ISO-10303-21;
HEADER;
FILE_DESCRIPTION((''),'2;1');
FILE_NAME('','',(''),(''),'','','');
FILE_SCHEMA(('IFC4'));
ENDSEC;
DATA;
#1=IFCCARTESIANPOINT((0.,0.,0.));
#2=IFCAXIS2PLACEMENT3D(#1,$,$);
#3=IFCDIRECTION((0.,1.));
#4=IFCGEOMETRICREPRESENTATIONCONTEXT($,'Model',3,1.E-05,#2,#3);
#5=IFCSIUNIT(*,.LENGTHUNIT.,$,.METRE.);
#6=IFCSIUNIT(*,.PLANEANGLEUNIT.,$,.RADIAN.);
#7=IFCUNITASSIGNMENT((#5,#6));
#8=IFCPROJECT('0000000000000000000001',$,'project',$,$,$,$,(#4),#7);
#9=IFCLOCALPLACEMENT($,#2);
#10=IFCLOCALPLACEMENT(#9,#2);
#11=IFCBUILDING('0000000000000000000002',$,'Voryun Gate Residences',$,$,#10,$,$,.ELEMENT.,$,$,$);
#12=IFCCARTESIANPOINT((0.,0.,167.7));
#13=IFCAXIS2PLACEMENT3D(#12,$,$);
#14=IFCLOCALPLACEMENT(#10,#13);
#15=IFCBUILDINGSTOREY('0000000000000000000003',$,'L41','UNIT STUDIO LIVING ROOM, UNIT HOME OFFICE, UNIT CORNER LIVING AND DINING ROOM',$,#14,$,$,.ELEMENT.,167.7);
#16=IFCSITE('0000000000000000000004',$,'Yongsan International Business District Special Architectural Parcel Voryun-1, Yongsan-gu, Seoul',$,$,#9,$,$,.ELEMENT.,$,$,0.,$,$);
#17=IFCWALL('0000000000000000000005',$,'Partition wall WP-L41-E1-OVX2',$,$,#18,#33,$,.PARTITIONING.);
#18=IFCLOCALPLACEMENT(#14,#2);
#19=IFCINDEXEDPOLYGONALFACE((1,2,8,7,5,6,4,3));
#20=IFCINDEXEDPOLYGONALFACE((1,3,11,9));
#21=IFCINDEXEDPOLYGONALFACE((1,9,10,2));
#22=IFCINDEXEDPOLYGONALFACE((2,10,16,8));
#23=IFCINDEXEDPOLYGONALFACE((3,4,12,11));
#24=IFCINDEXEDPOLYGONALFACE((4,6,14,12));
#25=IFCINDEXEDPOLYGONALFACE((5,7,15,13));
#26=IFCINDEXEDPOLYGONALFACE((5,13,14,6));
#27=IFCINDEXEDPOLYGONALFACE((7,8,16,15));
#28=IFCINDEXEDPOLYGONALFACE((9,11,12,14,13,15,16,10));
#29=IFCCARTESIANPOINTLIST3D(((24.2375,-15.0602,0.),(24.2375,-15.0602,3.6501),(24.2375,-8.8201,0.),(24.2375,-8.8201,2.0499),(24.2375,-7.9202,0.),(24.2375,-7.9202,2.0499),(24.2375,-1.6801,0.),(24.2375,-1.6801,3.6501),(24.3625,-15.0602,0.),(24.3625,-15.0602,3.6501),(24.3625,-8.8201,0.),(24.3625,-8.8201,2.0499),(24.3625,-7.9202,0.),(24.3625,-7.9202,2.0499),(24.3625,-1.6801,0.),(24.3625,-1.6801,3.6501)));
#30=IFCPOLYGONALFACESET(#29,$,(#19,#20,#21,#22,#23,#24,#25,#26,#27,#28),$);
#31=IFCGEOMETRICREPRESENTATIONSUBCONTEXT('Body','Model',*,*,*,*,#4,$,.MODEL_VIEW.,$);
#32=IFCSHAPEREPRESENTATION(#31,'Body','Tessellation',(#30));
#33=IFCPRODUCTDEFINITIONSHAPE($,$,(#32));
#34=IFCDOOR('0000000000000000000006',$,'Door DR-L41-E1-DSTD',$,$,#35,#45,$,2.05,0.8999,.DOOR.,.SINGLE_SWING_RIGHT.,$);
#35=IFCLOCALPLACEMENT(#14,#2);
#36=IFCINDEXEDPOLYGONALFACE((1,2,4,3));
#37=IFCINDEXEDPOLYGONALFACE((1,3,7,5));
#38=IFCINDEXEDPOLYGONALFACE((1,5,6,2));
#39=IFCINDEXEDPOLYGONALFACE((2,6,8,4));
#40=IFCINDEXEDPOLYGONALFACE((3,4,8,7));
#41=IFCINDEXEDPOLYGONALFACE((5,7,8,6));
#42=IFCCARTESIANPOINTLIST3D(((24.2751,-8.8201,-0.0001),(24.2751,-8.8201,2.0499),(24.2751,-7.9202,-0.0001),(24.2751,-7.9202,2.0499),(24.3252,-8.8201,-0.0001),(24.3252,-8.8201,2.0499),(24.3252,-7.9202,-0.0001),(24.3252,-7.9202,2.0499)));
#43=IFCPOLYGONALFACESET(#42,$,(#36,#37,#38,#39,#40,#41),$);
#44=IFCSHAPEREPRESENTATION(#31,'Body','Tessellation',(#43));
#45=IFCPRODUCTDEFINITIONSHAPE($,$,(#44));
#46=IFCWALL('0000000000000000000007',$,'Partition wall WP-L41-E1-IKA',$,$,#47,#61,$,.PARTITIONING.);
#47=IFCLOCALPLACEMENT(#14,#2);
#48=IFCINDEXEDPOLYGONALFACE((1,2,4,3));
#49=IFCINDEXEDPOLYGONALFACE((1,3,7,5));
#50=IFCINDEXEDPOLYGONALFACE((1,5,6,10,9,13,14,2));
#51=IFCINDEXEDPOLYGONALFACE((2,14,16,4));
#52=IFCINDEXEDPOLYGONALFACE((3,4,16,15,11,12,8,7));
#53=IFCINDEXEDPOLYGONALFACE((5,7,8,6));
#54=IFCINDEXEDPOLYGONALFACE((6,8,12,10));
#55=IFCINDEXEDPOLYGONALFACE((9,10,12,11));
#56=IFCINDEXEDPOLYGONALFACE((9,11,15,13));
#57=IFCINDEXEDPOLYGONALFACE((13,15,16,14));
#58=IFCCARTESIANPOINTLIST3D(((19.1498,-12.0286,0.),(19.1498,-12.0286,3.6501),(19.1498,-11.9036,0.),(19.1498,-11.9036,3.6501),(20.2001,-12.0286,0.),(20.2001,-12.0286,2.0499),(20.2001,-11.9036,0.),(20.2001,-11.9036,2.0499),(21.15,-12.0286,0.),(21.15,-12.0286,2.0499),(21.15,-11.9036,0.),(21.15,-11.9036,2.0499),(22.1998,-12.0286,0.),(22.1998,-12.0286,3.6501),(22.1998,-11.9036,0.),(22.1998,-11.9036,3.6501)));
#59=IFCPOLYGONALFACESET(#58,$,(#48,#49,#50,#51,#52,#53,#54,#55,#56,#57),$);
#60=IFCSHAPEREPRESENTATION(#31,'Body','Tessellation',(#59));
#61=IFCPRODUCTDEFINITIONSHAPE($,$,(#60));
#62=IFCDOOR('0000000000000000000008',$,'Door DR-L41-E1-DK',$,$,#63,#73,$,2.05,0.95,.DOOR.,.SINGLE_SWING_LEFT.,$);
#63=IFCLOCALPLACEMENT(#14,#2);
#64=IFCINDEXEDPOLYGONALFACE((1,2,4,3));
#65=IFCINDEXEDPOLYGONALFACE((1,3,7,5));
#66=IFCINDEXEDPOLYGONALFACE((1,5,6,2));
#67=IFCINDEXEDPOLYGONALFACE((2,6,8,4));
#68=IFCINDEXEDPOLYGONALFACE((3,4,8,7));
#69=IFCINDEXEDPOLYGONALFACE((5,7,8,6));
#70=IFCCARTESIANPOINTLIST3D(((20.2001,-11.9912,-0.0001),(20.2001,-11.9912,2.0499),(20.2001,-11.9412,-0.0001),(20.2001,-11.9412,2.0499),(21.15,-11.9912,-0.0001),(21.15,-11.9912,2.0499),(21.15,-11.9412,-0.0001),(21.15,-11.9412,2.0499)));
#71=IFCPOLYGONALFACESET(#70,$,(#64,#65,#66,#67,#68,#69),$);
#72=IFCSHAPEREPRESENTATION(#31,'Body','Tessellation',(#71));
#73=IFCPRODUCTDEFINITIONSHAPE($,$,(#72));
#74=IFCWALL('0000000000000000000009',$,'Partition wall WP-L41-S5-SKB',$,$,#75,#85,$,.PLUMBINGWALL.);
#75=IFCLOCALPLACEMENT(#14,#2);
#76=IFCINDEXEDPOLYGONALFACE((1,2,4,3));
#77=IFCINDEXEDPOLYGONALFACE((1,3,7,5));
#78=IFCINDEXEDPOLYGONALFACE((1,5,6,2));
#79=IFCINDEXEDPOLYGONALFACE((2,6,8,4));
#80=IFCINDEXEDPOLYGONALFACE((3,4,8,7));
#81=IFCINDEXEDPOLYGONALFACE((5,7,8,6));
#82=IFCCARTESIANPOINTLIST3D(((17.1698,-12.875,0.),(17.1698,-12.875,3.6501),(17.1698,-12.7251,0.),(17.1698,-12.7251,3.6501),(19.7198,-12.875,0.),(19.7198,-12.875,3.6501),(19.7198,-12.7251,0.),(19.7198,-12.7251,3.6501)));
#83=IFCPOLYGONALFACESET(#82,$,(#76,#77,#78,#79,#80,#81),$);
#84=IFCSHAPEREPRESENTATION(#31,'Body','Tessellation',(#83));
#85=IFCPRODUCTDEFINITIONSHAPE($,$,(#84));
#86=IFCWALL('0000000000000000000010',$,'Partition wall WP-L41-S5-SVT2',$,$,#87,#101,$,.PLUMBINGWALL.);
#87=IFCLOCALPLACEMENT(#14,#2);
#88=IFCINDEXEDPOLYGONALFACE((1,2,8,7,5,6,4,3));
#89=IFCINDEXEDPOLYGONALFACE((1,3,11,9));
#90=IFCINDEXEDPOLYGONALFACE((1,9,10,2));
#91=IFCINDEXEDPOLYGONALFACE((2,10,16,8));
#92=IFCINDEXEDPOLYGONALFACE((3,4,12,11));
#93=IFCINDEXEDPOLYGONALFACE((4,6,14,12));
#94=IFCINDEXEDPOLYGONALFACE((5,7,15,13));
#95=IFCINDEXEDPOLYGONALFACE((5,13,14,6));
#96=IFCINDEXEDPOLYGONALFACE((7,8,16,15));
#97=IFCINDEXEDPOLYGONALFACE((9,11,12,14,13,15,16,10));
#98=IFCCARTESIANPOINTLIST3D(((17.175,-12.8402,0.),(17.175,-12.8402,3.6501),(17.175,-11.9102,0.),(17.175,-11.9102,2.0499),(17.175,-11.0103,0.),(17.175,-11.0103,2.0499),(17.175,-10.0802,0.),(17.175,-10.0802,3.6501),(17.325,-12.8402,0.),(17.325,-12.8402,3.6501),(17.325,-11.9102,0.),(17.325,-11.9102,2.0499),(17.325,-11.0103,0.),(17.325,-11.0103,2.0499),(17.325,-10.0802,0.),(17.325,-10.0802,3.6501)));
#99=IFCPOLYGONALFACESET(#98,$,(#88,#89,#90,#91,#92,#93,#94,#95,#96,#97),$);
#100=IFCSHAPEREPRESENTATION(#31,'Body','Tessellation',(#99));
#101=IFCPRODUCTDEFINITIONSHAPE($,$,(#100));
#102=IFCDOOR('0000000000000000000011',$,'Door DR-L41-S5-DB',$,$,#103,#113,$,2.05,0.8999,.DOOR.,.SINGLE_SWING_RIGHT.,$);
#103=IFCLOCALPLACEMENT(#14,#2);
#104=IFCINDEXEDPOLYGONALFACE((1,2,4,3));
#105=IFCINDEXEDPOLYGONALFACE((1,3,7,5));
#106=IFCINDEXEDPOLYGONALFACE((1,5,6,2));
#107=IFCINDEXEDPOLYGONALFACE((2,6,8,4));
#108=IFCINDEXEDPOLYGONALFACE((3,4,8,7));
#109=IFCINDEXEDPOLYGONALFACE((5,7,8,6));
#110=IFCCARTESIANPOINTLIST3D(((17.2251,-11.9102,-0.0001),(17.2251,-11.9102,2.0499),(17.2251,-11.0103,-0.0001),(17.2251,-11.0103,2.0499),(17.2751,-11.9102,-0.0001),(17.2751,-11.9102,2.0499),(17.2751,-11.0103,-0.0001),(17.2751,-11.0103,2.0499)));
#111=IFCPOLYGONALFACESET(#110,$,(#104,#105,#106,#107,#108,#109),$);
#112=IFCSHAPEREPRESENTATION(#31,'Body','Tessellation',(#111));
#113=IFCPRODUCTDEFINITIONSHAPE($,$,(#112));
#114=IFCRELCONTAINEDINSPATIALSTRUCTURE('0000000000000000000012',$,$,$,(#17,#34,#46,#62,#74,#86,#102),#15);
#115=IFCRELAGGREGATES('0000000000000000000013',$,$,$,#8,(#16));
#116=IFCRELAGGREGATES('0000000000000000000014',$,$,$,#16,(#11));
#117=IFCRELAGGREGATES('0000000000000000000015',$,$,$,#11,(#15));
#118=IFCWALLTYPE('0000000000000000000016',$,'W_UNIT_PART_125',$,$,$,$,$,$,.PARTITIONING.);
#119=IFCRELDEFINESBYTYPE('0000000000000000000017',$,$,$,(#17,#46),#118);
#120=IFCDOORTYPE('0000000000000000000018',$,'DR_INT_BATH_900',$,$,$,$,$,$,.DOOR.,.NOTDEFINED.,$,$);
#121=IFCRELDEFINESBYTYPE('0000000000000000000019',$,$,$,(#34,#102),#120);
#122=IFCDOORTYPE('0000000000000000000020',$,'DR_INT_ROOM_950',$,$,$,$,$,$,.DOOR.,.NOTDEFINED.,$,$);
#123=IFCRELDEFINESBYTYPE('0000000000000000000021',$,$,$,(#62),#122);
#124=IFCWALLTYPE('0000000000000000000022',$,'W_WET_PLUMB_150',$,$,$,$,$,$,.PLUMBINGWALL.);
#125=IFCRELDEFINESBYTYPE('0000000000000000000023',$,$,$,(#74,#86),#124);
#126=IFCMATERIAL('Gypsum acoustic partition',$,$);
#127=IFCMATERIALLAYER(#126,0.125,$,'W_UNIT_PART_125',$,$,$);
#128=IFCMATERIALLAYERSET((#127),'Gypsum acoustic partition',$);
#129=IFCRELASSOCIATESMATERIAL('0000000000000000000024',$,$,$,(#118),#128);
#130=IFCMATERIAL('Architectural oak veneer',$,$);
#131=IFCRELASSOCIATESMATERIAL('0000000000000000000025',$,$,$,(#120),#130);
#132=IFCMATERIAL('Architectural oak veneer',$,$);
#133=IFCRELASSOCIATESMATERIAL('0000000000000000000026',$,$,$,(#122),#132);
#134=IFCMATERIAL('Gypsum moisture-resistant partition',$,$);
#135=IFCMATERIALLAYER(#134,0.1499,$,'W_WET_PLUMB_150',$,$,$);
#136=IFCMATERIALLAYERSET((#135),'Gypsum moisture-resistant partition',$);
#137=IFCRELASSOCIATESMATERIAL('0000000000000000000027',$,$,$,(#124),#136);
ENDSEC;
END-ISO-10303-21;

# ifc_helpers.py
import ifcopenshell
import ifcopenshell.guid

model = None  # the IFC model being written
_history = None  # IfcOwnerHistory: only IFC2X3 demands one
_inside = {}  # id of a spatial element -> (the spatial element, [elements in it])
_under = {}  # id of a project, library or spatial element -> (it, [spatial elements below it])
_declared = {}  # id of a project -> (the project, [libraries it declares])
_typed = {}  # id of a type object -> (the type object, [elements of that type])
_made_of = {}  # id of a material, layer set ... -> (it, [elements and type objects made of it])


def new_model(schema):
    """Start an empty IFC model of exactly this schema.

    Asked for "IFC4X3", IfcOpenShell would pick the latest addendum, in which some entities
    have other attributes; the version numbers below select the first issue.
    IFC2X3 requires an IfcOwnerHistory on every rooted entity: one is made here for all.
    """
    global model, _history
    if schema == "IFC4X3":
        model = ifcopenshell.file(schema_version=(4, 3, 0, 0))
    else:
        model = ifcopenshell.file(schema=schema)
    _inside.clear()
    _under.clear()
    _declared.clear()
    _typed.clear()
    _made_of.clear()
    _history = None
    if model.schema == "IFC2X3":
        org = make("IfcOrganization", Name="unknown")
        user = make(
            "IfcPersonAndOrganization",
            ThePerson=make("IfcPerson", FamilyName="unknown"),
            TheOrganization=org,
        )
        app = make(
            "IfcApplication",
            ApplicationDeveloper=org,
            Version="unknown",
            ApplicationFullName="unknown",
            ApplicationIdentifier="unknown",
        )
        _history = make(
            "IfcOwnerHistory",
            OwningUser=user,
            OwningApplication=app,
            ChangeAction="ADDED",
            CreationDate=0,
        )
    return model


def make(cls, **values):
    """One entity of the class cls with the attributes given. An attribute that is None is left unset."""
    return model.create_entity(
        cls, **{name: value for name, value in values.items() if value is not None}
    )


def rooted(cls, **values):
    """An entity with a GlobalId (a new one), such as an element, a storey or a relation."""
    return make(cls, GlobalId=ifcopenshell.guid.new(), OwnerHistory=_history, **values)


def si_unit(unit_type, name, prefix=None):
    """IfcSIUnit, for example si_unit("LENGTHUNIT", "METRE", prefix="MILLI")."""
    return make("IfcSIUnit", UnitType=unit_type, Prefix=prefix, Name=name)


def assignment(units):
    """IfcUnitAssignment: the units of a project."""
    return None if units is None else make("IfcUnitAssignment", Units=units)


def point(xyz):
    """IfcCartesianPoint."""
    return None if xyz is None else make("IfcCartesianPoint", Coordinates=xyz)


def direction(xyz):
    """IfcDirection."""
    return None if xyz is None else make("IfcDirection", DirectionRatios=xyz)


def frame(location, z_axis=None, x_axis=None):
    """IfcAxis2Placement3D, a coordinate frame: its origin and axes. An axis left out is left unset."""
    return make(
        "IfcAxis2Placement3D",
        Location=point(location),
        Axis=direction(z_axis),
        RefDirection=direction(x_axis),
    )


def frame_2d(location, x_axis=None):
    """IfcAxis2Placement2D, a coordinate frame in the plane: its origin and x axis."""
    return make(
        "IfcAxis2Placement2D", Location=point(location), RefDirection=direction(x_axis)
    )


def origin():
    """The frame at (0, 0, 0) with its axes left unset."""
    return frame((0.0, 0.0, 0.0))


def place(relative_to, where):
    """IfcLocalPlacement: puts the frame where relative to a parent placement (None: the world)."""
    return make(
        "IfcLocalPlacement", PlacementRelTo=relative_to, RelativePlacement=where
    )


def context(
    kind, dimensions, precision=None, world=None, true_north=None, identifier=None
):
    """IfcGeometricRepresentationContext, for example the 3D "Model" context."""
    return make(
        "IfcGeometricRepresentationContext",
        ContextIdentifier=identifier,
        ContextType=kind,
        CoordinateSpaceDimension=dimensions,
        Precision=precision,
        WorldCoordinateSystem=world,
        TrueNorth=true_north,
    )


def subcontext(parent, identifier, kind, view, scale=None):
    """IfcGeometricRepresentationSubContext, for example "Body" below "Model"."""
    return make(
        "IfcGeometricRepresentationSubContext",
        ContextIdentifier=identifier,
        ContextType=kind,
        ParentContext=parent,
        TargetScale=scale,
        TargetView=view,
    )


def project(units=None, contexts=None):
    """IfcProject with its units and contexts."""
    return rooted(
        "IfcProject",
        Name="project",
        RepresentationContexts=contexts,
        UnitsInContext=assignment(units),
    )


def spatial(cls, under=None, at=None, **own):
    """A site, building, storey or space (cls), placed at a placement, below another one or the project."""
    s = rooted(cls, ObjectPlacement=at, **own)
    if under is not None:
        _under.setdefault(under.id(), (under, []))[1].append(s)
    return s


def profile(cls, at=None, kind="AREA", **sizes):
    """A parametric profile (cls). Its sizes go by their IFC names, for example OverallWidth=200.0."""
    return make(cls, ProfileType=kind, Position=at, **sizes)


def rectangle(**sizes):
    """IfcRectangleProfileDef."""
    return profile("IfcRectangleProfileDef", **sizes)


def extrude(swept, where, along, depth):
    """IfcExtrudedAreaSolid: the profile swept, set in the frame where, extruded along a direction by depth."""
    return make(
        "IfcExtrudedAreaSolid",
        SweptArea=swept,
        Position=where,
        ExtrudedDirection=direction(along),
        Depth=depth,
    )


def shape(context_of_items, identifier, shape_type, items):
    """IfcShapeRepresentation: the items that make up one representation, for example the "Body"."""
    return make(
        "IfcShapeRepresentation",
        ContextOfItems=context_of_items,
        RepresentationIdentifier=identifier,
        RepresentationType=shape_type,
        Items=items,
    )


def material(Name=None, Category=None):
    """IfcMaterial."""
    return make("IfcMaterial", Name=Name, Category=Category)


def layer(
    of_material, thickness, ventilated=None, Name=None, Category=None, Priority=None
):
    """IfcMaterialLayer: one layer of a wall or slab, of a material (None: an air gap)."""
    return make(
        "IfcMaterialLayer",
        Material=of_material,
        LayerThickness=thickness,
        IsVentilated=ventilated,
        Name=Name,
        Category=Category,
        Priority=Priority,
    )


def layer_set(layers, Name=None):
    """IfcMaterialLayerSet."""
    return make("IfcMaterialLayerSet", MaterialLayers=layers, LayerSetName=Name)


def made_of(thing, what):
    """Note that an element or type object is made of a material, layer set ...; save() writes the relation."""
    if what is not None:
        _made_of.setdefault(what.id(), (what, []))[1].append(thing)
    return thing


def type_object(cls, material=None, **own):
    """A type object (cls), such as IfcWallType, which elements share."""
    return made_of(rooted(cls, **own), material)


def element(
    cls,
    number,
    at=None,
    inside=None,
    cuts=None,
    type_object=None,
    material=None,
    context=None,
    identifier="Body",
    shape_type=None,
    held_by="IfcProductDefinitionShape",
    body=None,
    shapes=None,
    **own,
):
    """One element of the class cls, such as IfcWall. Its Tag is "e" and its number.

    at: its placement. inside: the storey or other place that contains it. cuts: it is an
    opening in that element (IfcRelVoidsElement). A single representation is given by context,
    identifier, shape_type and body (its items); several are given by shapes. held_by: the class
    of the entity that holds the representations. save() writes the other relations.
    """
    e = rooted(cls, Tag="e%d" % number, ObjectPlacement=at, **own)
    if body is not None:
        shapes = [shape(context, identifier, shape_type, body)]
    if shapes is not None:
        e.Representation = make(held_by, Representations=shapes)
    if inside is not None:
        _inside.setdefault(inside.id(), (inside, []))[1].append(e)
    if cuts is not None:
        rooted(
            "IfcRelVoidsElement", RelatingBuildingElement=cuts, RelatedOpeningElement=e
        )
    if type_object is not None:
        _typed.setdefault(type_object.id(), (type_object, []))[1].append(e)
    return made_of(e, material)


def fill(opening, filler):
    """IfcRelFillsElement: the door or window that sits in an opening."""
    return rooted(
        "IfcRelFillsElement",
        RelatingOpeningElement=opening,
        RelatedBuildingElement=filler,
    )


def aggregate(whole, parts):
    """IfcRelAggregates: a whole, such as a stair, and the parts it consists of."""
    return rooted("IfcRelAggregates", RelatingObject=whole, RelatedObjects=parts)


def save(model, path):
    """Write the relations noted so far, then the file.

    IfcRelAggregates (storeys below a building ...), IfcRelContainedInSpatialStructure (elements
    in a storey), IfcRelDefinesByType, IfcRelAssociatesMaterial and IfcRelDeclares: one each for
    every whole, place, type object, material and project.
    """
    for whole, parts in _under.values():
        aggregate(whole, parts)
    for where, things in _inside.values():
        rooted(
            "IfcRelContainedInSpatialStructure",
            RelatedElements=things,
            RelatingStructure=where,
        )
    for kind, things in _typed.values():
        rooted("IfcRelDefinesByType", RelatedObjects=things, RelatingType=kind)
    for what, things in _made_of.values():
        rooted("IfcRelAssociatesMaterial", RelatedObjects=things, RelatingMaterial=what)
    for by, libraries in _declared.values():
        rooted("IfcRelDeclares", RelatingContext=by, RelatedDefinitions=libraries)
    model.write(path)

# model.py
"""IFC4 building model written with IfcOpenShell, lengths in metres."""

from ifc_helpers import new_model, si_unit, direction, frame, frame_2d, origin, place, context, subcontext, project, spatial, rectangle, extrude, material, layer, layer_set, type_object, element, fill, save


model = new_model("IFC4")

# Units and contexts
model_context = context("Model", 3, precision=1e-05, world=origin(), true_north=direction((0.0, 1.0)))
body_context = subcontext(model_context, "Body", "Model", "MODEL_VIEW")
ifc_project = project(units=[si_unit("LENGTHUNIT", "METRE"), si_unit("PLANEANGLEUNIT", "RADIAN")], contexts=[model_context])

# Site, building, storey
site_placement = place(None, origin())
site = spatial("IfcSite", under=ifc_project, at=site_placement, Name="Yongsan International Business District Special Architectural Parcel Voryun-1, Yongsan-gu, Seoul", CompositionType="ELEMENT", RefElevation=0.0)
building_placement = place(site_placement, origin())
building = spatial("IfcBuilding", under=site, at=building_placement, Name="Voryun Gate Residences", CompositionType="ELEMENT")
storey_placement = place(building_placement, frame((0.0, 0.0, 167.7)))
storey = spatial("IfcBuildingStorey", under=building, at=storey_placement, Name="L41", Description="UNIT STUDIO LIVING ROOM, UNIT HOME OFFICE, UNIT CORNER LIVING AND DINING ROOM", CompositionType="ELEMENT", Elevation=167.7)

# Shared definitions
ifc_material_1 = material(Name="Gypsum acoustic partition")
ifc_layer_1 = layer(ifc_material_1, 0.125, Name="W_UNIT_PART_125")
ifc_layer_set_1 = layer_set([ifc_layer_1], Name="Gypsum acoustic partition")
wall_type_1 = type_object("IfcWallType", Name="W_UNIT_PART_125", PredefinedType="PARTITIONING", material=ifc_layer_set_1)

# Walls, openings, doors
wall_1_placement = place(storey_placement, frame((24.3, -15.0601, 0.0), z_axis=(0.0, 0.0, 1.0), x_axis=(0.0, 1.0, 0.0)))
wall_1 = element("IfcWall", 1, at=wall_1_placement, inside=storey, type_object=wall_type_1, Name="Partition wall WP-L41-E1-OVX2", PredefinedType="PARTITIONING", context=body_context, shape_type="SweptSolid", body=[
    extrude(rectangle(XDim=13.3801, YDim=0.125, at=frame_2d((6.6899, 0.0))), origin(), (0.0, 0.0, 1.0), 3.6501),
])
opening_1_placement = place(wall_1_placement, frame((6.24, 0.0, 0.0)))
opening_1 = element("IfcOpeningElement", 2, at=opening_1_placement, cuts=wall_1, PredefinedType="OPENING", context=body_context, shape_type="SweptSolid", body=[
    extrude(rectangle(XDim=0.8999, YDim=2.05, at=frame_2d((0.45, 1.0249))), frame((0.0, 0.0725, 0.0), z_axis=(0.0, -1.0, 0.0), x_axis=(1.0, 0.0, 0.0)), (0.0, 0.0, 1.0), 0.145),
])
ifc_material_2 = material(Name="Architectural oak veneer")
door_type_1 = type_object("IfcDoorType", Name="DR_INT_BATH_900", OperationType="NOTDEFINED", PredefinedType="DOOR", material=ifc_material_2)
door_1_placement = place(opening_1_placement, origin())
door_1 = element("IfcDoor", 3, at=door_1_placement, inside=storey, type_object=door_type_1, Name="Door DR-L41-E1-DSTD", OperationType="SINGLE_SWING_RIGHT", OverallHeight=2.05, OverallWidth=0.8999, PredefinedType="DOOR", context=body_context, shape_type="SweptSolid", body=[
    extrude(rectangle(XDim=0.8999, YDim=2.05, at=frame_2d((0.45, 1.0249))), frame((0.0, 0.0249, 0.0), z_axis=(0.0, -1.0, 0.0), x_axis=(1.0, 0.0, 0.0)), (0.0, 0.0, 1.0), 0.05),
])
fill(opening_1, door_1)
wall_2_placement = place(storey_placement, frame((19.1499, -11.9661, 0.0), z_axis=(0.0, 0.0, 1.0), x_axis=(1.0, 0.0, 0.0)))
wall_2 = element("IfcWall", 4, at=wall_2_placement, inside=storey, type_object=wall_type_1, Name="Partition wall WP-L41-E1-IKA", PredefinedType="PARTITIONING", context=body_context, shape_type="SweptSolid", body=[
    extrude(rectangle(XDim=3.05, YDim=0.125, at=frame_2d((1.5249, 0.0))), origin(), (0.0, 0.0, 1.0), 3.6501),
])
opening_2_placement = place(wall_2_placement, frame((1.05, 0.0, 0.0)))
opening_2 = element("IfcOpeningElement", 5, at=opening_2_placement, cuts=wall_2, PredefinedType="OPENING", context=body_context, shape_type="SweptSolid", body=[
    extrude(rectangle(XDim=0.95, YDim=2.05, at=frame_2d((0.4751, 1.0249))), frame((0.0, 0.0725, 0.0), z_axis=(0.0, -1.0, 0.0), x_axis=(1.0, 0.0, 0.0)), (0.0, 0.0, 1.0), 0.145),
])
ifc_material_3 = material(Name="Architectural oak veneer")
door_type_2 = type_object("IfcDoorType", Name="DR_INT_ROOM_950", OperationType="NOTDEFINED", PredefinedType="DOOR", material=ifc_material_3)
door_2_placement = place(opening_2_placement, origin())
door_2 = element("IfcDoor", 6, at=door_2_placement, inside=storey, type_object=door_type_2, Name="Door DR-L41-E1-DK", OperationType="SINGLE_SWING_LEFT", OverallHeight=2.05, OverallWidth=0.95, PredefinedType="DOOR", context=body_context, shape_type="SweptSolid", body=[
    extrude(rectangle(XDim=0.95, YDim=2.05, at=frame_2d((0.4751, 1.0249))), frame((0.0, 0.0249, 0.0), z_axis=(0.0, -1.0, 0.0), x_axis=(1.0, 0.0, 0.0)), (0.0, 0.0, 1.0), 0.05),
])
fill(opening_2, door_2)

# Wall
ifc_material_4 = material(Name="Gypsum moisture-resistant partition")
ifc_layer_2 = layer(ifc_material_4, 0.1499, Name="W_WET_PLUMB_150")
ifc_layer_set_2 = layer_set([ifc_layer_2], Name="Gypsum moisture-resistant partition")
wall_type_2 = type_object("IfcWallType", Name="W_WET_PLUMB_150", PredefinedType="PLUMBINGWALL", material=ifc_layer_set_2)
wall_3_placement = place(storey_placement, frame((17.1699, -12.8, 0.0), z_axis=(0.0, 0.0, 1.0), x_axis=(1.0, 0.0, 0.0)))
element("IfcWall", 7, at=wall_3_placement, inside=storey, type_object=wall_type_2, Name="Partition wall WP-L41-S5-SKB", PredefinedType="PLUMBINGWALL", context=body_context, shape_type="SweptSolid", body=[
    extrude(rectangle(XDim=2.55, YDim=0.1499, at=frame_2d((1.2749, 0.0))), origin(), (0.0, 0.0, 1.0), 3.6501),
])

# Wall, opening, door
wall_4_placement = place(storey_placement, frame((17.25, -12.8401, 0.0), z_axis=(0.0, 0.0, 1.0), x_axis=(0.0, 1.0, 0.0)))
wall_4 = element("IfcWall", 8, at=wall_4_placement, inside=storey, type_object=wall_type_2, Name="Partition wall WP-L41-S5-SVT2", PredefinedType="PLUMBINGWALL", context=body_context, shape_type="SweptSolid", body=[
    extrude(rectangle(XDim=2.76, YDim=0.1499, at=frame_2d((1.3799, 0.0))), origin(), (0.0, 0.0, 1.0), 3.6501),
])
opening_3_placement = place(wall_4_placement, frame((0.9299, 0.0, 0.0)))
opening_3 = element("IfcOpeningElement", 9, at=opening_3_placement, cuts=wall_4, PredefinedType="OPENING", context=body_context, shape_type="SweptSolid", body=[
    extrude(rectangle(XDim=0.8999, YDim=2.05, at=frame_2d((0.45, 1.0249))), frame((0.0, 0.085, 0.0), z_axis=(0.0, -1.0, 0.0), x_axis=(1.0, 0.0, 0.0)), (0.0, 0.0, 1.0), 0.1699),
])
door_3_placement = place(opening_3_placement, origin())
door_3 = element("IfcDoor", 10, at=door_3_placement, inside=storey, type_object=door_type_1, Name="Door DR-L41-S5-DB", OperationType="SINGLE_SWING_RIGHT", OverallHeight=2.05, OverallWidth=0.8999, PredefinedType="DOOR", context=body_context, shape_type="SweptSolid", body=[
    extrude(rectangle(XDim=0.8999, YDim=2.05, at=frame_2d((0.45, 1.0249))), frame((0.0, 0.0249, 0.0), z_axis=(0.0, -1.0, 0.0), x_axis=(1.0, 0.0, 0.0)), (0.0, 0.0, 1.0), 0.05),
])
fill(opening_3, door_3)

save(model, "model.ifc")
